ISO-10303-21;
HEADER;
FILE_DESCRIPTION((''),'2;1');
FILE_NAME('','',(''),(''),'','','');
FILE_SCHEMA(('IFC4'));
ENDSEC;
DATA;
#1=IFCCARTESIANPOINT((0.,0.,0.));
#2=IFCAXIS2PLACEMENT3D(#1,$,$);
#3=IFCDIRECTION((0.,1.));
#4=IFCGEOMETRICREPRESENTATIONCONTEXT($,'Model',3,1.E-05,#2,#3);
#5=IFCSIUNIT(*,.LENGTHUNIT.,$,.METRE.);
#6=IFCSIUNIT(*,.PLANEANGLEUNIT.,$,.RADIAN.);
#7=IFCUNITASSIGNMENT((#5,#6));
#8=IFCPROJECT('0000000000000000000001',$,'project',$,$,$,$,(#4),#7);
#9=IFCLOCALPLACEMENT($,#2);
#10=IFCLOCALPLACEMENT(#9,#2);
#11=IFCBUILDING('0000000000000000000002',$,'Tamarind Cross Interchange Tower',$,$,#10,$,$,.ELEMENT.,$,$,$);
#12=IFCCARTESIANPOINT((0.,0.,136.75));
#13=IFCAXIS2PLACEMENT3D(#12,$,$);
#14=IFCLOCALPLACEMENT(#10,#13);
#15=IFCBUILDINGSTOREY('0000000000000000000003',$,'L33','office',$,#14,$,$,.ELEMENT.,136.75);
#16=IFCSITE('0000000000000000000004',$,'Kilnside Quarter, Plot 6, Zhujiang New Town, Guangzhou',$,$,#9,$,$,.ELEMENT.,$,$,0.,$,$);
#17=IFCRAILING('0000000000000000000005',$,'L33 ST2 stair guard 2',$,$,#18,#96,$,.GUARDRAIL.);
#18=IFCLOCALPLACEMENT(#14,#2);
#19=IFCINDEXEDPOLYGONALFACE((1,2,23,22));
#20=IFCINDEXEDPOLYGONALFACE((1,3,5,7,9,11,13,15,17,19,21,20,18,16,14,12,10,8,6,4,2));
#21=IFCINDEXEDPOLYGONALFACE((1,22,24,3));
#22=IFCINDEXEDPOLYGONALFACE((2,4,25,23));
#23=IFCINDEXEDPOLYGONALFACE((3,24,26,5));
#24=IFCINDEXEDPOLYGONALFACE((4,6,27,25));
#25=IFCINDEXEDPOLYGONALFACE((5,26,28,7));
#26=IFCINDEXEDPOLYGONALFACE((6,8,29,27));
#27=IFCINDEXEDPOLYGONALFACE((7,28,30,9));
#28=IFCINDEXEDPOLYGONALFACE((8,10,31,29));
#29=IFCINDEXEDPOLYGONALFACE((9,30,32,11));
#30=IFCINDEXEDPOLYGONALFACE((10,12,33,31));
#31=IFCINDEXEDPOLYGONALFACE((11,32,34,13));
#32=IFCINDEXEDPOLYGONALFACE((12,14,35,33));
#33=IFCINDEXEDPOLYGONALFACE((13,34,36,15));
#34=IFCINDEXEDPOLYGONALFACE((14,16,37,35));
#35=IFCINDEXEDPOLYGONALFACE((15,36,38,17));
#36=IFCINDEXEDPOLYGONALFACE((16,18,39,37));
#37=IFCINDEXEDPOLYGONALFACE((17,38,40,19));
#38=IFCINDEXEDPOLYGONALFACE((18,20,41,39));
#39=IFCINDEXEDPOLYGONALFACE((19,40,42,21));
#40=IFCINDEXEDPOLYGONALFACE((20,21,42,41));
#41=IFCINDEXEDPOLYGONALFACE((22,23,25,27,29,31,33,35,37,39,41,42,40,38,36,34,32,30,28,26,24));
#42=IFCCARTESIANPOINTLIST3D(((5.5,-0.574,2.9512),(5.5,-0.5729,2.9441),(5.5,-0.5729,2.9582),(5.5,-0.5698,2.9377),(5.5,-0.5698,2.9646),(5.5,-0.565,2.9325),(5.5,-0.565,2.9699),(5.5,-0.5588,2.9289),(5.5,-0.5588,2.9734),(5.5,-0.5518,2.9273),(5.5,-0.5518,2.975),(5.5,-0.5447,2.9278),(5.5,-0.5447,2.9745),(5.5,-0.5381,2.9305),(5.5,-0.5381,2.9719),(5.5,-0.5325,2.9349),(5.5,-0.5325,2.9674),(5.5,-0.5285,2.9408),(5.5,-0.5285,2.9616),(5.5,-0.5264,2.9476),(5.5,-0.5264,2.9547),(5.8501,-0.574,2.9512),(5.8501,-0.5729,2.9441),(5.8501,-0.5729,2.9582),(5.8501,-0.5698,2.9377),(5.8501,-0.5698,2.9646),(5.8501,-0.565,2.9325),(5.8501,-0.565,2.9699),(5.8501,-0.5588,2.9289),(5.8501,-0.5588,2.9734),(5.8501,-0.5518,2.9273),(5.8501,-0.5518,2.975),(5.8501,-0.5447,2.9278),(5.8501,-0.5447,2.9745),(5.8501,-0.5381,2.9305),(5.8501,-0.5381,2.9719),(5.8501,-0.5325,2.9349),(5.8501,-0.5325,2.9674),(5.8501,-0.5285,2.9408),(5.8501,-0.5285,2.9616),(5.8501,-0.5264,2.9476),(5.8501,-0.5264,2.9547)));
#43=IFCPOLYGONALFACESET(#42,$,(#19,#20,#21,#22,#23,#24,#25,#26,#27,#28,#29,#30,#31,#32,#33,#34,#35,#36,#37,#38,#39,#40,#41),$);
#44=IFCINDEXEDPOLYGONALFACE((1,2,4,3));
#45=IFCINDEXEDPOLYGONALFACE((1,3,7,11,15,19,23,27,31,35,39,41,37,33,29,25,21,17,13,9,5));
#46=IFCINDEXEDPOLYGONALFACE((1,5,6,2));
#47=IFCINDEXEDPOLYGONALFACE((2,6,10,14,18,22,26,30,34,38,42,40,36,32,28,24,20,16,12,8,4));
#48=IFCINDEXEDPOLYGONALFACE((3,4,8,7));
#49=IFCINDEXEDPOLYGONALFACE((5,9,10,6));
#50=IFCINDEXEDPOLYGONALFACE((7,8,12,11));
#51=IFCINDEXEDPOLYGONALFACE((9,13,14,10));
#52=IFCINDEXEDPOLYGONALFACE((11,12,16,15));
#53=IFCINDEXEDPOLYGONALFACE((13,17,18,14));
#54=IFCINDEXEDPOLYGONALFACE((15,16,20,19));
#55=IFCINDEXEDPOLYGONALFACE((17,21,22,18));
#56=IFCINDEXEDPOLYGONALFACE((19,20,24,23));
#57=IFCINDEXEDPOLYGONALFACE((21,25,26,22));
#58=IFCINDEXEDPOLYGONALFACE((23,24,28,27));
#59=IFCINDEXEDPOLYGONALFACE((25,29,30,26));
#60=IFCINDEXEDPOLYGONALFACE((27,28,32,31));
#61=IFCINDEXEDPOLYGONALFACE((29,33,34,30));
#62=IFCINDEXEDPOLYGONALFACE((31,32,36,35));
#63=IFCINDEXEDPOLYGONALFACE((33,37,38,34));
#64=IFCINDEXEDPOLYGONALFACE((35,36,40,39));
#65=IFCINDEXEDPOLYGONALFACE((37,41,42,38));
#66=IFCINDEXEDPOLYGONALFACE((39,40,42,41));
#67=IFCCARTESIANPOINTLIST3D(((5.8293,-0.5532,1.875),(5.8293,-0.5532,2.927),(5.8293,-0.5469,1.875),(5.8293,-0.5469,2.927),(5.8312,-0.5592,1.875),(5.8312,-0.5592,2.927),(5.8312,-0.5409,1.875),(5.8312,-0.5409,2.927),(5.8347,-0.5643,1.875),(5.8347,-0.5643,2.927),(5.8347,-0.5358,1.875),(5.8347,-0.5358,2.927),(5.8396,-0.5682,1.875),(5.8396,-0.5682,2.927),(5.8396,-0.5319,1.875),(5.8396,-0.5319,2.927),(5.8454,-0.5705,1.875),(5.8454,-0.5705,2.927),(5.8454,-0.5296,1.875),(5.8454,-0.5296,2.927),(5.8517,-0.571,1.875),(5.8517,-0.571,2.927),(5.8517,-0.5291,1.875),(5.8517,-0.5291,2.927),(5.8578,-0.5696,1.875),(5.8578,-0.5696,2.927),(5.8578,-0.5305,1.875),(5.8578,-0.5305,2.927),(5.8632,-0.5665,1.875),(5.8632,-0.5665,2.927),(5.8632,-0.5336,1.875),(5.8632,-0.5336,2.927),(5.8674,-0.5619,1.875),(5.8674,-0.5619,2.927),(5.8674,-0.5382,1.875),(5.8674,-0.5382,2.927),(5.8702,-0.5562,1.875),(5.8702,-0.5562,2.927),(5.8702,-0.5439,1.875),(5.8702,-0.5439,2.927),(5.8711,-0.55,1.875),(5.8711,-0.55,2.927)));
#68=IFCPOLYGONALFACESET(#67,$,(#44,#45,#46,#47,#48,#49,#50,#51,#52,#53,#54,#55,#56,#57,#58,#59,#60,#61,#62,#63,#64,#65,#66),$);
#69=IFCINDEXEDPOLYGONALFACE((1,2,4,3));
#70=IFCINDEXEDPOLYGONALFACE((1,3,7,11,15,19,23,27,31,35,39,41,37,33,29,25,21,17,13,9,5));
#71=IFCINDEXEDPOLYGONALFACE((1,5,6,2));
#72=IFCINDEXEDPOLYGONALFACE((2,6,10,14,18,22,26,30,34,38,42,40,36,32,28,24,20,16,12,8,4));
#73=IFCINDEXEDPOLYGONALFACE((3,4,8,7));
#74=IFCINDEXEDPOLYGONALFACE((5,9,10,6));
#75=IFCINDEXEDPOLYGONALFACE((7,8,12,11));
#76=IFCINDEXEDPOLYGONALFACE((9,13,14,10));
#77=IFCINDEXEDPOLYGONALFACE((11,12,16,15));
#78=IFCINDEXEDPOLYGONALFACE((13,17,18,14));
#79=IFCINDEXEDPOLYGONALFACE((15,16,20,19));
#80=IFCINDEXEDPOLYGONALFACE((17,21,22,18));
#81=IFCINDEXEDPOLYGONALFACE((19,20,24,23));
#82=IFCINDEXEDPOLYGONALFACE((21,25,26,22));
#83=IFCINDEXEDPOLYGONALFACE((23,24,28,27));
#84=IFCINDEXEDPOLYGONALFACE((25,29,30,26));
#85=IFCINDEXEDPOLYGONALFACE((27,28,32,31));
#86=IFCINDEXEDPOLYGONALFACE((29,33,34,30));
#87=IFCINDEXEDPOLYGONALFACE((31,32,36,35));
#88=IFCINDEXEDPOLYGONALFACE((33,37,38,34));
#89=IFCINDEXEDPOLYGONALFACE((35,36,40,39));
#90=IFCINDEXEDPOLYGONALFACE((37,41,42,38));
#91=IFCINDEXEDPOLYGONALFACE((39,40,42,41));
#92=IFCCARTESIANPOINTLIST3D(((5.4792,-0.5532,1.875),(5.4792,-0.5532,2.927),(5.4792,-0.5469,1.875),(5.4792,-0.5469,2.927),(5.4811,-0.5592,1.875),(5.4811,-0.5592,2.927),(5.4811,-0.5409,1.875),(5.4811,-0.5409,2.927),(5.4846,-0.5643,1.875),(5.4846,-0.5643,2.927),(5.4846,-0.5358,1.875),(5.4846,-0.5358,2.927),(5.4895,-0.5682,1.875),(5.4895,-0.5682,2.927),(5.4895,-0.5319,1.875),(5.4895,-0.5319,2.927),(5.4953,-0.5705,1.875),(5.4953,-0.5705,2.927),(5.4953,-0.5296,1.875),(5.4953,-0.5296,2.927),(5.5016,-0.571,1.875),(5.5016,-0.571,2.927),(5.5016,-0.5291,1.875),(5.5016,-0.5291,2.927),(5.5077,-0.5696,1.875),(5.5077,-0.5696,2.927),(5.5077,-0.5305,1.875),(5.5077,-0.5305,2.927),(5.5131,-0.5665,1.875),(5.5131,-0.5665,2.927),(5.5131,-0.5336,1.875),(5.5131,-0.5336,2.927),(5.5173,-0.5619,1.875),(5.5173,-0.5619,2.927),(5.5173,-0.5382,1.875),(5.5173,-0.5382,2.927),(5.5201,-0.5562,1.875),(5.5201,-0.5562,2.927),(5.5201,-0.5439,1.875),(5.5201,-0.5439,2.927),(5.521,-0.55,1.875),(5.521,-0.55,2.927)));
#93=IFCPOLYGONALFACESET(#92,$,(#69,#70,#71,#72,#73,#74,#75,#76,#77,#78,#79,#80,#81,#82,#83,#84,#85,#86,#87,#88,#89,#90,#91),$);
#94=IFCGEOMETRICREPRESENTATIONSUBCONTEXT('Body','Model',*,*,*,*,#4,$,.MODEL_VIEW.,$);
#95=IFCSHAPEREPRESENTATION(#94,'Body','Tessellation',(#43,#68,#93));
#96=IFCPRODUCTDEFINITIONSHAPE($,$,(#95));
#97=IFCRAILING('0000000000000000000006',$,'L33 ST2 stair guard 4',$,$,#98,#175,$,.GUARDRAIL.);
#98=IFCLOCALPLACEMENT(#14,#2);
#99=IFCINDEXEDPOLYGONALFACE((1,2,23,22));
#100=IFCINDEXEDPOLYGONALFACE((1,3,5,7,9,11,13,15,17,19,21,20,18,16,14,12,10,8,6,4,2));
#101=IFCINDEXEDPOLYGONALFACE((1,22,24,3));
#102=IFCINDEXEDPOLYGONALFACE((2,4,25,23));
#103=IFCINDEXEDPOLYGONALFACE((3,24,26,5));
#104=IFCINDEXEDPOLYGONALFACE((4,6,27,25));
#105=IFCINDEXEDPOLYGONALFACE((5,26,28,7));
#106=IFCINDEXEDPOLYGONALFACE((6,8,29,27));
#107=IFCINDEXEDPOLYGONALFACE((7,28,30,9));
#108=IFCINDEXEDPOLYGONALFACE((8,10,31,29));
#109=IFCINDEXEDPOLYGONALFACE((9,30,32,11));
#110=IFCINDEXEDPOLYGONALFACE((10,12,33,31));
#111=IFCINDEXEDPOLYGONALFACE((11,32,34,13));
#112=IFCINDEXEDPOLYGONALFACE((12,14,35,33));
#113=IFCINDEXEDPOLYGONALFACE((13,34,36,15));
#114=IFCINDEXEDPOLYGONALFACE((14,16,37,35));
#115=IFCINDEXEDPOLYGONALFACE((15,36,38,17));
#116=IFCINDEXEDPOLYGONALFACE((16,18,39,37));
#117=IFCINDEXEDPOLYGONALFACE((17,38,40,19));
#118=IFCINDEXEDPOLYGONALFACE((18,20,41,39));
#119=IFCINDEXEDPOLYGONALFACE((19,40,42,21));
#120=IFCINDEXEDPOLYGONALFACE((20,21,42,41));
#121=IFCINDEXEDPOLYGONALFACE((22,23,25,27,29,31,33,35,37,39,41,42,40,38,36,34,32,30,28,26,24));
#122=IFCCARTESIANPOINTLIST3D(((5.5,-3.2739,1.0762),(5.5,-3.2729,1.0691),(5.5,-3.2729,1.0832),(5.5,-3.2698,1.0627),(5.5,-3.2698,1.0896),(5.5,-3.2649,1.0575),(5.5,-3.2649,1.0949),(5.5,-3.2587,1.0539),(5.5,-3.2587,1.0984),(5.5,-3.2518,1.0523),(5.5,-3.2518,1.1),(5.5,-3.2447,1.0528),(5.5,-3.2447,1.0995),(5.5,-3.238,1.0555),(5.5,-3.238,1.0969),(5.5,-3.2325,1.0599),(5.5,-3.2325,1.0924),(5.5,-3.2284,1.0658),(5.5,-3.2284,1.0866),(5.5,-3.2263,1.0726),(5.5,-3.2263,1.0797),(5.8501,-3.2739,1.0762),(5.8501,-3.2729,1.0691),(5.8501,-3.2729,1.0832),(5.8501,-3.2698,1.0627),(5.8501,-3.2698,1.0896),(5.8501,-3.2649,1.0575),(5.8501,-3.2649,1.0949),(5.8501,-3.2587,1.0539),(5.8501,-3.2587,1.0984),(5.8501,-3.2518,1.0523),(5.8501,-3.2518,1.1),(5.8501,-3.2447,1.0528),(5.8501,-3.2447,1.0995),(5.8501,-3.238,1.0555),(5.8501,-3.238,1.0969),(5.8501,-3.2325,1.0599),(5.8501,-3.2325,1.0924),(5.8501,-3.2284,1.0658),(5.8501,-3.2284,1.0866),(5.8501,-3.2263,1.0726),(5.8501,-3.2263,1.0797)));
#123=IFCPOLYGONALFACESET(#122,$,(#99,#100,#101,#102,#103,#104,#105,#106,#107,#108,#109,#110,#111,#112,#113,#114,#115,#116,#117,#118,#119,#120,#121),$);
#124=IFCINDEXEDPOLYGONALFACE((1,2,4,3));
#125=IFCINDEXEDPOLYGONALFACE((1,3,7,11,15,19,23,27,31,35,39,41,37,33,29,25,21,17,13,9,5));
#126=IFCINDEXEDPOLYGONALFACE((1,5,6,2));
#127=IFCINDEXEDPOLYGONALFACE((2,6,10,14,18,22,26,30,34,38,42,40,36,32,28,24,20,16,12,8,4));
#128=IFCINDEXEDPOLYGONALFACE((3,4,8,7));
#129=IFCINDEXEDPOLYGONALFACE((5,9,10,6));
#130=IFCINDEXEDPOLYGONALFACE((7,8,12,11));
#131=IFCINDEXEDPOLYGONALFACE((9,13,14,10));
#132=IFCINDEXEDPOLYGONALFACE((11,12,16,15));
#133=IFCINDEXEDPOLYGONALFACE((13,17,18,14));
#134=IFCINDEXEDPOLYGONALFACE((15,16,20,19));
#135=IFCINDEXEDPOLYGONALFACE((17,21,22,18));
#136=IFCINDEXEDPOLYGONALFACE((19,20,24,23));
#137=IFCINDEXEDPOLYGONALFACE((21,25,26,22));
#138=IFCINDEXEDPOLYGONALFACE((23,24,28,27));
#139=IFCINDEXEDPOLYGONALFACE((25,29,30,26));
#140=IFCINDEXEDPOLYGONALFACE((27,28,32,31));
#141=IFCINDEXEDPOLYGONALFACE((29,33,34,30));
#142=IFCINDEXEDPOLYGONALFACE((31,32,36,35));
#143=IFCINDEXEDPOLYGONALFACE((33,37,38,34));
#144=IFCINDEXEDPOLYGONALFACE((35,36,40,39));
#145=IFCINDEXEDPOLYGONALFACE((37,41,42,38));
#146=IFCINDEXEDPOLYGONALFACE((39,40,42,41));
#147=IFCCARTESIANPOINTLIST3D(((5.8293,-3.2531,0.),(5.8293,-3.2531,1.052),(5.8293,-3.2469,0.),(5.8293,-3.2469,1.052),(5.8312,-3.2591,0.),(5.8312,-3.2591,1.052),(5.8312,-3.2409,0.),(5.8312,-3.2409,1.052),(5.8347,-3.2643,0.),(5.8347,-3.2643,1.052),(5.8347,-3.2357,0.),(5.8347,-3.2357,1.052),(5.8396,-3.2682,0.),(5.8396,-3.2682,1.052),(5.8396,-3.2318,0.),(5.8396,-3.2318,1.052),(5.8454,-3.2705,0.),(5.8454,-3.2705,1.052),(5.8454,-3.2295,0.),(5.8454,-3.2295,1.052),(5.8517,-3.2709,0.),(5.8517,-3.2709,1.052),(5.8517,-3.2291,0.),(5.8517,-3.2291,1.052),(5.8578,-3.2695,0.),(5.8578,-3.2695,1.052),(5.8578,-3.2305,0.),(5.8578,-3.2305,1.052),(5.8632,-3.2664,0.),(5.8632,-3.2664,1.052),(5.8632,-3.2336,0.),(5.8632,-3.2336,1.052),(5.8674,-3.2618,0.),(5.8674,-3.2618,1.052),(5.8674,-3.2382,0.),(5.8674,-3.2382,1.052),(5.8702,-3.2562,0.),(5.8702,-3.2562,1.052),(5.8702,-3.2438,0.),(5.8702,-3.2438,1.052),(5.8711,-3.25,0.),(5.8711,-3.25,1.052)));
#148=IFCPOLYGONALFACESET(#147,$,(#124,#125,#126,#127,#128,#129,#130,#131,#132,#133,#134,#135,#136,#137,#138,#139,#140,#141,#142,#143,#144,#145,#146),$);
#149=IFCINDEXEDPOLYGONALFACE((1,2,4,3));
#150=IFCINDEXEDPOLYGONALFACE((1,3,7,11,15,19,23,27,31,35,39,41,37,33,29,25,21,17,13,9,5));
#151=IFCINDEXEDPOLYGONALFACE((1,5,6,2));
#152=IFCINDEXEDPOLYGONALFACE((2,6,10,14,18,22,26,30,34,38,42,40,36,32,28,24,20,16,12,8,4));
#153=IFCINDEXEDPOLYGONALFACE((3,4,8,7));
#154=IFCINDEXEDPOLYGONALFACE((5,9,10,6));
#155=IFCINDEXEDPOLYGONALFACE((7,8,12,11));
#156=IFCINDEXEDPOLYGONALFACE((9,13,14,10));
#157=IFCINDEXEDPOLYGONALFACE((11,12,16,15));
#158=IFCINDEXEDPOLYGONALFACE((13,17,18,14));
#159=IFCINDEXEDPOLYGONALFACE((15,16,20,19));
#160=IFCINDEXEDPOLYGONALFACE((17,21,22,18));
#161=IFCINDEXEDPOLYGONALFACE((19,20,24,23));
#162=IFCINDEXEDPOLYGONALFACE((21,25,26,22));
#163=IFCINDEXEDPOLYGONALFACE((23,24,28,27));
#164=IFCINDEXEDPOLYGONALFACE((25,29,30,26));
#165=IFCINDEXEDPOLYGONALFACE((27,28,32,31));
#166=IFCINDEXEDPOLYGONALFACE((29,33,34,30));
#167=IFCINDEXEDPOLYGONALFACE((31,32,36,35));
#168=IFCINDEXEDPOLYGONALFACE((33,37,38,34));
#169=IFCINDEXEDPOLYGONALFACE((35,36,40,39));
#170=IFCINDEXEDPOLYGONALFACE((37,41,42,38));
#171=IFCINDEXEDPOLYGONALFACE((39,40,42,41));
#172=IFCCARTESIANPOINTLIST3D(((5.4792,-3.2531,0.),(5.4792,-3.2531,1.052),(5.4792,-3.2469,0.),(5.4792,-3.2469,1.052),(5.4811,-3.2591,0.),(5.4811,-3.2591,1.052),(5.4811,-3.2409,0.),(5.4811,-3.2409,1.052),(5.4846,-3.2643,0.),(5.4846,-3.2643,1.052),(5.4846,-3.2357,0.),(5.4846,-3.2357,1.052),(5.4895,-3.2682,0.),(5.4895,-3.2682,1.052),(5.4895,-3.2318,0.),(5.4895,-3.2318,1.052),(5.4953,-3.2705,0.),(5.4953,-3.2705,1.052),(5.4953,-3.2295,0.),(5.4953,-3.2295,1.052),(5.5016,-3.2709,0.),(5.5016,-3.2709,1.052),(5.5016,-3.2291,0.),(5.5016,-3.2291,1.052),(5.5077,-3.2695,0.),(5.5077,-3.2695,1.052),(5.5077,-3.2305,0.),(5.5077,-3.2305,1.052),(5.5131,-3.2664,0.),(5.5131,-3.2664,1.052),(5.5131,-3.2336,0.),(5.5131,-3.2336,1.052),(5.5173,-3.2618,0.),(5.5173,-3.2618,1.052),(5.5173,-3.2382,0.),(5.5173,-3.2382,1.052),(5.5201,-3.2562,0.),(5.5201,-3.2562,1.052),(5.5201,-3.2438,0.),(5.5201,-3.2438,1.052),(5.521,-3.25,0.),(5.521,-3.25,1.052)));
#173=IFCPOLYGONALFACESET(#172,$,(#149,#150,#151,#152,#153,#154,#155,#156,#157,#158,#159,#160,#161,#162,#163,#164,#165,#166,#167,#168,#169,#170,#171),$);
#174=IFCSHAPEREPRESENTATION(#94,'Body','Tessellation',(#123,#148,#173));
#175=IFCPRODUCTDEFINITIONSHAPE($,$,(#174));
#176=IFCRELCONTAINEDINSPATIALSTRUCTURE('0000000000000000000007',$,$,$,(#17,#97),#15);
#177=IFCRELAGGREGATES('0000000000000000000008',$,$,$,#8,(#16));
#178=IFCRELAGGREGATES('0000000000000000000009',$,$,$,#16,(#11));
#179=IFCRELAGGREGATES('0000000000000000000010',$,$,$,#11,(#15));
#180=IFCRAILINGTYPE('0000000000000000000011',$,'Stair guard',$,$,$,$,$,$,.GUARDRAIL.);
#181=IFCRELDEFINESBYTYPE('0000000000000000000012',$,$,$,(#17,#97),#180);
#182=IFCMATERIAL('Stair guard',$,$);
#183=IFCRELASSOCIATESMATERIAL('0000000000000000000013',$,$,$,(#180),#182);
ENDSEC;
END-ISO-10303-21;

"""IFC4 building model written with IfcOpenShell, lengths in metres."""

from ifc_helpers import new_model, si_unit, direction, frame, origin, origin_2d, place, context, subcontext, project, spatial, circle, extrude, material, type_object, element, save


model = new_model("IFC4")

# Units and contexts
model_context = context("Model", 3, precision=1e-05, world=origin(), true_north=direction((0.0, 1.0)))
body_context = subcontext(model_context, "Body", "Model", "MODEL_VIEW")
ifc_project = project(units=[si_unit("LENGTHUNIT", "METRE"), si_unit("PLANEANGLEUNIT", "RADIAN")], contexts=[model_context])

# Site, building, storey
site_placement = place(None, origin())
site = spatial("IfcSite", under=ifc_project, at=site_placement, Name="Kilnside Quarter, Plot 6, Zhujiang New Town, Guangzhou", CompositionType="ELEMENT", RefElevation=0.0)
building_placement = place(site_placement, origin())
building = spatial("IfcBuilding", under=site, at=building_placement, Name="Tamarind Cross Interchange Tower", CompositionType="ELEMENT")
storey_placement = place(building_placement, frame((0.0, 0.0, 136.75)))
storey = spatial("IfcBuildingStorey", under=building, at=storey_placement, Name="L33", Description="office", CompositionType="ELEMENT", Elevation=136.75)

# Railings
ifc_material_1 = material(Name="Stair guard")
railing_type_1 = type_object("IfcRailingType", Name="Stair guard", PredefinedType="GUARDRAIL", material=ifc_material_1)
for number, where, name in (
    (1, (5.8501, -0.55, 1.875), "L33 ST2 stair guard 2"),
    (2, (5.8501, -3.25, 0.0), "L33 ST2 stair guard 4"),
):
    element("IfcRailing", number, at=place(storey_placement, frame(where)), inside=storey, type_object=railing_type_1, Name=name, PredefinedType="GUARDRAIL", context=body_context, shape_type="SweptSolid", body=[
        extrude(circle(Radius=0.0239, at=origin_2d()), frame((0.0, 0.0, 1.0762), z_axis=(-1.0, 0.0, 0.0), x_axis=(0.0, -1.0, 0.0)), (0.0, 0.0, 1.0), 0.3501),
        extrude(circle(Radius=0.021, at=origin_2d()), origin(), (0.0, 0.0, 1.0), 1.052),
        extrude(circle(Radius=0.021, at=origin_2d()), frame((-0.3501, 0.0, 0.0)), (0.0, 0.0, 1.0), 1.052),
    ])

save(model, "model.ifc")
